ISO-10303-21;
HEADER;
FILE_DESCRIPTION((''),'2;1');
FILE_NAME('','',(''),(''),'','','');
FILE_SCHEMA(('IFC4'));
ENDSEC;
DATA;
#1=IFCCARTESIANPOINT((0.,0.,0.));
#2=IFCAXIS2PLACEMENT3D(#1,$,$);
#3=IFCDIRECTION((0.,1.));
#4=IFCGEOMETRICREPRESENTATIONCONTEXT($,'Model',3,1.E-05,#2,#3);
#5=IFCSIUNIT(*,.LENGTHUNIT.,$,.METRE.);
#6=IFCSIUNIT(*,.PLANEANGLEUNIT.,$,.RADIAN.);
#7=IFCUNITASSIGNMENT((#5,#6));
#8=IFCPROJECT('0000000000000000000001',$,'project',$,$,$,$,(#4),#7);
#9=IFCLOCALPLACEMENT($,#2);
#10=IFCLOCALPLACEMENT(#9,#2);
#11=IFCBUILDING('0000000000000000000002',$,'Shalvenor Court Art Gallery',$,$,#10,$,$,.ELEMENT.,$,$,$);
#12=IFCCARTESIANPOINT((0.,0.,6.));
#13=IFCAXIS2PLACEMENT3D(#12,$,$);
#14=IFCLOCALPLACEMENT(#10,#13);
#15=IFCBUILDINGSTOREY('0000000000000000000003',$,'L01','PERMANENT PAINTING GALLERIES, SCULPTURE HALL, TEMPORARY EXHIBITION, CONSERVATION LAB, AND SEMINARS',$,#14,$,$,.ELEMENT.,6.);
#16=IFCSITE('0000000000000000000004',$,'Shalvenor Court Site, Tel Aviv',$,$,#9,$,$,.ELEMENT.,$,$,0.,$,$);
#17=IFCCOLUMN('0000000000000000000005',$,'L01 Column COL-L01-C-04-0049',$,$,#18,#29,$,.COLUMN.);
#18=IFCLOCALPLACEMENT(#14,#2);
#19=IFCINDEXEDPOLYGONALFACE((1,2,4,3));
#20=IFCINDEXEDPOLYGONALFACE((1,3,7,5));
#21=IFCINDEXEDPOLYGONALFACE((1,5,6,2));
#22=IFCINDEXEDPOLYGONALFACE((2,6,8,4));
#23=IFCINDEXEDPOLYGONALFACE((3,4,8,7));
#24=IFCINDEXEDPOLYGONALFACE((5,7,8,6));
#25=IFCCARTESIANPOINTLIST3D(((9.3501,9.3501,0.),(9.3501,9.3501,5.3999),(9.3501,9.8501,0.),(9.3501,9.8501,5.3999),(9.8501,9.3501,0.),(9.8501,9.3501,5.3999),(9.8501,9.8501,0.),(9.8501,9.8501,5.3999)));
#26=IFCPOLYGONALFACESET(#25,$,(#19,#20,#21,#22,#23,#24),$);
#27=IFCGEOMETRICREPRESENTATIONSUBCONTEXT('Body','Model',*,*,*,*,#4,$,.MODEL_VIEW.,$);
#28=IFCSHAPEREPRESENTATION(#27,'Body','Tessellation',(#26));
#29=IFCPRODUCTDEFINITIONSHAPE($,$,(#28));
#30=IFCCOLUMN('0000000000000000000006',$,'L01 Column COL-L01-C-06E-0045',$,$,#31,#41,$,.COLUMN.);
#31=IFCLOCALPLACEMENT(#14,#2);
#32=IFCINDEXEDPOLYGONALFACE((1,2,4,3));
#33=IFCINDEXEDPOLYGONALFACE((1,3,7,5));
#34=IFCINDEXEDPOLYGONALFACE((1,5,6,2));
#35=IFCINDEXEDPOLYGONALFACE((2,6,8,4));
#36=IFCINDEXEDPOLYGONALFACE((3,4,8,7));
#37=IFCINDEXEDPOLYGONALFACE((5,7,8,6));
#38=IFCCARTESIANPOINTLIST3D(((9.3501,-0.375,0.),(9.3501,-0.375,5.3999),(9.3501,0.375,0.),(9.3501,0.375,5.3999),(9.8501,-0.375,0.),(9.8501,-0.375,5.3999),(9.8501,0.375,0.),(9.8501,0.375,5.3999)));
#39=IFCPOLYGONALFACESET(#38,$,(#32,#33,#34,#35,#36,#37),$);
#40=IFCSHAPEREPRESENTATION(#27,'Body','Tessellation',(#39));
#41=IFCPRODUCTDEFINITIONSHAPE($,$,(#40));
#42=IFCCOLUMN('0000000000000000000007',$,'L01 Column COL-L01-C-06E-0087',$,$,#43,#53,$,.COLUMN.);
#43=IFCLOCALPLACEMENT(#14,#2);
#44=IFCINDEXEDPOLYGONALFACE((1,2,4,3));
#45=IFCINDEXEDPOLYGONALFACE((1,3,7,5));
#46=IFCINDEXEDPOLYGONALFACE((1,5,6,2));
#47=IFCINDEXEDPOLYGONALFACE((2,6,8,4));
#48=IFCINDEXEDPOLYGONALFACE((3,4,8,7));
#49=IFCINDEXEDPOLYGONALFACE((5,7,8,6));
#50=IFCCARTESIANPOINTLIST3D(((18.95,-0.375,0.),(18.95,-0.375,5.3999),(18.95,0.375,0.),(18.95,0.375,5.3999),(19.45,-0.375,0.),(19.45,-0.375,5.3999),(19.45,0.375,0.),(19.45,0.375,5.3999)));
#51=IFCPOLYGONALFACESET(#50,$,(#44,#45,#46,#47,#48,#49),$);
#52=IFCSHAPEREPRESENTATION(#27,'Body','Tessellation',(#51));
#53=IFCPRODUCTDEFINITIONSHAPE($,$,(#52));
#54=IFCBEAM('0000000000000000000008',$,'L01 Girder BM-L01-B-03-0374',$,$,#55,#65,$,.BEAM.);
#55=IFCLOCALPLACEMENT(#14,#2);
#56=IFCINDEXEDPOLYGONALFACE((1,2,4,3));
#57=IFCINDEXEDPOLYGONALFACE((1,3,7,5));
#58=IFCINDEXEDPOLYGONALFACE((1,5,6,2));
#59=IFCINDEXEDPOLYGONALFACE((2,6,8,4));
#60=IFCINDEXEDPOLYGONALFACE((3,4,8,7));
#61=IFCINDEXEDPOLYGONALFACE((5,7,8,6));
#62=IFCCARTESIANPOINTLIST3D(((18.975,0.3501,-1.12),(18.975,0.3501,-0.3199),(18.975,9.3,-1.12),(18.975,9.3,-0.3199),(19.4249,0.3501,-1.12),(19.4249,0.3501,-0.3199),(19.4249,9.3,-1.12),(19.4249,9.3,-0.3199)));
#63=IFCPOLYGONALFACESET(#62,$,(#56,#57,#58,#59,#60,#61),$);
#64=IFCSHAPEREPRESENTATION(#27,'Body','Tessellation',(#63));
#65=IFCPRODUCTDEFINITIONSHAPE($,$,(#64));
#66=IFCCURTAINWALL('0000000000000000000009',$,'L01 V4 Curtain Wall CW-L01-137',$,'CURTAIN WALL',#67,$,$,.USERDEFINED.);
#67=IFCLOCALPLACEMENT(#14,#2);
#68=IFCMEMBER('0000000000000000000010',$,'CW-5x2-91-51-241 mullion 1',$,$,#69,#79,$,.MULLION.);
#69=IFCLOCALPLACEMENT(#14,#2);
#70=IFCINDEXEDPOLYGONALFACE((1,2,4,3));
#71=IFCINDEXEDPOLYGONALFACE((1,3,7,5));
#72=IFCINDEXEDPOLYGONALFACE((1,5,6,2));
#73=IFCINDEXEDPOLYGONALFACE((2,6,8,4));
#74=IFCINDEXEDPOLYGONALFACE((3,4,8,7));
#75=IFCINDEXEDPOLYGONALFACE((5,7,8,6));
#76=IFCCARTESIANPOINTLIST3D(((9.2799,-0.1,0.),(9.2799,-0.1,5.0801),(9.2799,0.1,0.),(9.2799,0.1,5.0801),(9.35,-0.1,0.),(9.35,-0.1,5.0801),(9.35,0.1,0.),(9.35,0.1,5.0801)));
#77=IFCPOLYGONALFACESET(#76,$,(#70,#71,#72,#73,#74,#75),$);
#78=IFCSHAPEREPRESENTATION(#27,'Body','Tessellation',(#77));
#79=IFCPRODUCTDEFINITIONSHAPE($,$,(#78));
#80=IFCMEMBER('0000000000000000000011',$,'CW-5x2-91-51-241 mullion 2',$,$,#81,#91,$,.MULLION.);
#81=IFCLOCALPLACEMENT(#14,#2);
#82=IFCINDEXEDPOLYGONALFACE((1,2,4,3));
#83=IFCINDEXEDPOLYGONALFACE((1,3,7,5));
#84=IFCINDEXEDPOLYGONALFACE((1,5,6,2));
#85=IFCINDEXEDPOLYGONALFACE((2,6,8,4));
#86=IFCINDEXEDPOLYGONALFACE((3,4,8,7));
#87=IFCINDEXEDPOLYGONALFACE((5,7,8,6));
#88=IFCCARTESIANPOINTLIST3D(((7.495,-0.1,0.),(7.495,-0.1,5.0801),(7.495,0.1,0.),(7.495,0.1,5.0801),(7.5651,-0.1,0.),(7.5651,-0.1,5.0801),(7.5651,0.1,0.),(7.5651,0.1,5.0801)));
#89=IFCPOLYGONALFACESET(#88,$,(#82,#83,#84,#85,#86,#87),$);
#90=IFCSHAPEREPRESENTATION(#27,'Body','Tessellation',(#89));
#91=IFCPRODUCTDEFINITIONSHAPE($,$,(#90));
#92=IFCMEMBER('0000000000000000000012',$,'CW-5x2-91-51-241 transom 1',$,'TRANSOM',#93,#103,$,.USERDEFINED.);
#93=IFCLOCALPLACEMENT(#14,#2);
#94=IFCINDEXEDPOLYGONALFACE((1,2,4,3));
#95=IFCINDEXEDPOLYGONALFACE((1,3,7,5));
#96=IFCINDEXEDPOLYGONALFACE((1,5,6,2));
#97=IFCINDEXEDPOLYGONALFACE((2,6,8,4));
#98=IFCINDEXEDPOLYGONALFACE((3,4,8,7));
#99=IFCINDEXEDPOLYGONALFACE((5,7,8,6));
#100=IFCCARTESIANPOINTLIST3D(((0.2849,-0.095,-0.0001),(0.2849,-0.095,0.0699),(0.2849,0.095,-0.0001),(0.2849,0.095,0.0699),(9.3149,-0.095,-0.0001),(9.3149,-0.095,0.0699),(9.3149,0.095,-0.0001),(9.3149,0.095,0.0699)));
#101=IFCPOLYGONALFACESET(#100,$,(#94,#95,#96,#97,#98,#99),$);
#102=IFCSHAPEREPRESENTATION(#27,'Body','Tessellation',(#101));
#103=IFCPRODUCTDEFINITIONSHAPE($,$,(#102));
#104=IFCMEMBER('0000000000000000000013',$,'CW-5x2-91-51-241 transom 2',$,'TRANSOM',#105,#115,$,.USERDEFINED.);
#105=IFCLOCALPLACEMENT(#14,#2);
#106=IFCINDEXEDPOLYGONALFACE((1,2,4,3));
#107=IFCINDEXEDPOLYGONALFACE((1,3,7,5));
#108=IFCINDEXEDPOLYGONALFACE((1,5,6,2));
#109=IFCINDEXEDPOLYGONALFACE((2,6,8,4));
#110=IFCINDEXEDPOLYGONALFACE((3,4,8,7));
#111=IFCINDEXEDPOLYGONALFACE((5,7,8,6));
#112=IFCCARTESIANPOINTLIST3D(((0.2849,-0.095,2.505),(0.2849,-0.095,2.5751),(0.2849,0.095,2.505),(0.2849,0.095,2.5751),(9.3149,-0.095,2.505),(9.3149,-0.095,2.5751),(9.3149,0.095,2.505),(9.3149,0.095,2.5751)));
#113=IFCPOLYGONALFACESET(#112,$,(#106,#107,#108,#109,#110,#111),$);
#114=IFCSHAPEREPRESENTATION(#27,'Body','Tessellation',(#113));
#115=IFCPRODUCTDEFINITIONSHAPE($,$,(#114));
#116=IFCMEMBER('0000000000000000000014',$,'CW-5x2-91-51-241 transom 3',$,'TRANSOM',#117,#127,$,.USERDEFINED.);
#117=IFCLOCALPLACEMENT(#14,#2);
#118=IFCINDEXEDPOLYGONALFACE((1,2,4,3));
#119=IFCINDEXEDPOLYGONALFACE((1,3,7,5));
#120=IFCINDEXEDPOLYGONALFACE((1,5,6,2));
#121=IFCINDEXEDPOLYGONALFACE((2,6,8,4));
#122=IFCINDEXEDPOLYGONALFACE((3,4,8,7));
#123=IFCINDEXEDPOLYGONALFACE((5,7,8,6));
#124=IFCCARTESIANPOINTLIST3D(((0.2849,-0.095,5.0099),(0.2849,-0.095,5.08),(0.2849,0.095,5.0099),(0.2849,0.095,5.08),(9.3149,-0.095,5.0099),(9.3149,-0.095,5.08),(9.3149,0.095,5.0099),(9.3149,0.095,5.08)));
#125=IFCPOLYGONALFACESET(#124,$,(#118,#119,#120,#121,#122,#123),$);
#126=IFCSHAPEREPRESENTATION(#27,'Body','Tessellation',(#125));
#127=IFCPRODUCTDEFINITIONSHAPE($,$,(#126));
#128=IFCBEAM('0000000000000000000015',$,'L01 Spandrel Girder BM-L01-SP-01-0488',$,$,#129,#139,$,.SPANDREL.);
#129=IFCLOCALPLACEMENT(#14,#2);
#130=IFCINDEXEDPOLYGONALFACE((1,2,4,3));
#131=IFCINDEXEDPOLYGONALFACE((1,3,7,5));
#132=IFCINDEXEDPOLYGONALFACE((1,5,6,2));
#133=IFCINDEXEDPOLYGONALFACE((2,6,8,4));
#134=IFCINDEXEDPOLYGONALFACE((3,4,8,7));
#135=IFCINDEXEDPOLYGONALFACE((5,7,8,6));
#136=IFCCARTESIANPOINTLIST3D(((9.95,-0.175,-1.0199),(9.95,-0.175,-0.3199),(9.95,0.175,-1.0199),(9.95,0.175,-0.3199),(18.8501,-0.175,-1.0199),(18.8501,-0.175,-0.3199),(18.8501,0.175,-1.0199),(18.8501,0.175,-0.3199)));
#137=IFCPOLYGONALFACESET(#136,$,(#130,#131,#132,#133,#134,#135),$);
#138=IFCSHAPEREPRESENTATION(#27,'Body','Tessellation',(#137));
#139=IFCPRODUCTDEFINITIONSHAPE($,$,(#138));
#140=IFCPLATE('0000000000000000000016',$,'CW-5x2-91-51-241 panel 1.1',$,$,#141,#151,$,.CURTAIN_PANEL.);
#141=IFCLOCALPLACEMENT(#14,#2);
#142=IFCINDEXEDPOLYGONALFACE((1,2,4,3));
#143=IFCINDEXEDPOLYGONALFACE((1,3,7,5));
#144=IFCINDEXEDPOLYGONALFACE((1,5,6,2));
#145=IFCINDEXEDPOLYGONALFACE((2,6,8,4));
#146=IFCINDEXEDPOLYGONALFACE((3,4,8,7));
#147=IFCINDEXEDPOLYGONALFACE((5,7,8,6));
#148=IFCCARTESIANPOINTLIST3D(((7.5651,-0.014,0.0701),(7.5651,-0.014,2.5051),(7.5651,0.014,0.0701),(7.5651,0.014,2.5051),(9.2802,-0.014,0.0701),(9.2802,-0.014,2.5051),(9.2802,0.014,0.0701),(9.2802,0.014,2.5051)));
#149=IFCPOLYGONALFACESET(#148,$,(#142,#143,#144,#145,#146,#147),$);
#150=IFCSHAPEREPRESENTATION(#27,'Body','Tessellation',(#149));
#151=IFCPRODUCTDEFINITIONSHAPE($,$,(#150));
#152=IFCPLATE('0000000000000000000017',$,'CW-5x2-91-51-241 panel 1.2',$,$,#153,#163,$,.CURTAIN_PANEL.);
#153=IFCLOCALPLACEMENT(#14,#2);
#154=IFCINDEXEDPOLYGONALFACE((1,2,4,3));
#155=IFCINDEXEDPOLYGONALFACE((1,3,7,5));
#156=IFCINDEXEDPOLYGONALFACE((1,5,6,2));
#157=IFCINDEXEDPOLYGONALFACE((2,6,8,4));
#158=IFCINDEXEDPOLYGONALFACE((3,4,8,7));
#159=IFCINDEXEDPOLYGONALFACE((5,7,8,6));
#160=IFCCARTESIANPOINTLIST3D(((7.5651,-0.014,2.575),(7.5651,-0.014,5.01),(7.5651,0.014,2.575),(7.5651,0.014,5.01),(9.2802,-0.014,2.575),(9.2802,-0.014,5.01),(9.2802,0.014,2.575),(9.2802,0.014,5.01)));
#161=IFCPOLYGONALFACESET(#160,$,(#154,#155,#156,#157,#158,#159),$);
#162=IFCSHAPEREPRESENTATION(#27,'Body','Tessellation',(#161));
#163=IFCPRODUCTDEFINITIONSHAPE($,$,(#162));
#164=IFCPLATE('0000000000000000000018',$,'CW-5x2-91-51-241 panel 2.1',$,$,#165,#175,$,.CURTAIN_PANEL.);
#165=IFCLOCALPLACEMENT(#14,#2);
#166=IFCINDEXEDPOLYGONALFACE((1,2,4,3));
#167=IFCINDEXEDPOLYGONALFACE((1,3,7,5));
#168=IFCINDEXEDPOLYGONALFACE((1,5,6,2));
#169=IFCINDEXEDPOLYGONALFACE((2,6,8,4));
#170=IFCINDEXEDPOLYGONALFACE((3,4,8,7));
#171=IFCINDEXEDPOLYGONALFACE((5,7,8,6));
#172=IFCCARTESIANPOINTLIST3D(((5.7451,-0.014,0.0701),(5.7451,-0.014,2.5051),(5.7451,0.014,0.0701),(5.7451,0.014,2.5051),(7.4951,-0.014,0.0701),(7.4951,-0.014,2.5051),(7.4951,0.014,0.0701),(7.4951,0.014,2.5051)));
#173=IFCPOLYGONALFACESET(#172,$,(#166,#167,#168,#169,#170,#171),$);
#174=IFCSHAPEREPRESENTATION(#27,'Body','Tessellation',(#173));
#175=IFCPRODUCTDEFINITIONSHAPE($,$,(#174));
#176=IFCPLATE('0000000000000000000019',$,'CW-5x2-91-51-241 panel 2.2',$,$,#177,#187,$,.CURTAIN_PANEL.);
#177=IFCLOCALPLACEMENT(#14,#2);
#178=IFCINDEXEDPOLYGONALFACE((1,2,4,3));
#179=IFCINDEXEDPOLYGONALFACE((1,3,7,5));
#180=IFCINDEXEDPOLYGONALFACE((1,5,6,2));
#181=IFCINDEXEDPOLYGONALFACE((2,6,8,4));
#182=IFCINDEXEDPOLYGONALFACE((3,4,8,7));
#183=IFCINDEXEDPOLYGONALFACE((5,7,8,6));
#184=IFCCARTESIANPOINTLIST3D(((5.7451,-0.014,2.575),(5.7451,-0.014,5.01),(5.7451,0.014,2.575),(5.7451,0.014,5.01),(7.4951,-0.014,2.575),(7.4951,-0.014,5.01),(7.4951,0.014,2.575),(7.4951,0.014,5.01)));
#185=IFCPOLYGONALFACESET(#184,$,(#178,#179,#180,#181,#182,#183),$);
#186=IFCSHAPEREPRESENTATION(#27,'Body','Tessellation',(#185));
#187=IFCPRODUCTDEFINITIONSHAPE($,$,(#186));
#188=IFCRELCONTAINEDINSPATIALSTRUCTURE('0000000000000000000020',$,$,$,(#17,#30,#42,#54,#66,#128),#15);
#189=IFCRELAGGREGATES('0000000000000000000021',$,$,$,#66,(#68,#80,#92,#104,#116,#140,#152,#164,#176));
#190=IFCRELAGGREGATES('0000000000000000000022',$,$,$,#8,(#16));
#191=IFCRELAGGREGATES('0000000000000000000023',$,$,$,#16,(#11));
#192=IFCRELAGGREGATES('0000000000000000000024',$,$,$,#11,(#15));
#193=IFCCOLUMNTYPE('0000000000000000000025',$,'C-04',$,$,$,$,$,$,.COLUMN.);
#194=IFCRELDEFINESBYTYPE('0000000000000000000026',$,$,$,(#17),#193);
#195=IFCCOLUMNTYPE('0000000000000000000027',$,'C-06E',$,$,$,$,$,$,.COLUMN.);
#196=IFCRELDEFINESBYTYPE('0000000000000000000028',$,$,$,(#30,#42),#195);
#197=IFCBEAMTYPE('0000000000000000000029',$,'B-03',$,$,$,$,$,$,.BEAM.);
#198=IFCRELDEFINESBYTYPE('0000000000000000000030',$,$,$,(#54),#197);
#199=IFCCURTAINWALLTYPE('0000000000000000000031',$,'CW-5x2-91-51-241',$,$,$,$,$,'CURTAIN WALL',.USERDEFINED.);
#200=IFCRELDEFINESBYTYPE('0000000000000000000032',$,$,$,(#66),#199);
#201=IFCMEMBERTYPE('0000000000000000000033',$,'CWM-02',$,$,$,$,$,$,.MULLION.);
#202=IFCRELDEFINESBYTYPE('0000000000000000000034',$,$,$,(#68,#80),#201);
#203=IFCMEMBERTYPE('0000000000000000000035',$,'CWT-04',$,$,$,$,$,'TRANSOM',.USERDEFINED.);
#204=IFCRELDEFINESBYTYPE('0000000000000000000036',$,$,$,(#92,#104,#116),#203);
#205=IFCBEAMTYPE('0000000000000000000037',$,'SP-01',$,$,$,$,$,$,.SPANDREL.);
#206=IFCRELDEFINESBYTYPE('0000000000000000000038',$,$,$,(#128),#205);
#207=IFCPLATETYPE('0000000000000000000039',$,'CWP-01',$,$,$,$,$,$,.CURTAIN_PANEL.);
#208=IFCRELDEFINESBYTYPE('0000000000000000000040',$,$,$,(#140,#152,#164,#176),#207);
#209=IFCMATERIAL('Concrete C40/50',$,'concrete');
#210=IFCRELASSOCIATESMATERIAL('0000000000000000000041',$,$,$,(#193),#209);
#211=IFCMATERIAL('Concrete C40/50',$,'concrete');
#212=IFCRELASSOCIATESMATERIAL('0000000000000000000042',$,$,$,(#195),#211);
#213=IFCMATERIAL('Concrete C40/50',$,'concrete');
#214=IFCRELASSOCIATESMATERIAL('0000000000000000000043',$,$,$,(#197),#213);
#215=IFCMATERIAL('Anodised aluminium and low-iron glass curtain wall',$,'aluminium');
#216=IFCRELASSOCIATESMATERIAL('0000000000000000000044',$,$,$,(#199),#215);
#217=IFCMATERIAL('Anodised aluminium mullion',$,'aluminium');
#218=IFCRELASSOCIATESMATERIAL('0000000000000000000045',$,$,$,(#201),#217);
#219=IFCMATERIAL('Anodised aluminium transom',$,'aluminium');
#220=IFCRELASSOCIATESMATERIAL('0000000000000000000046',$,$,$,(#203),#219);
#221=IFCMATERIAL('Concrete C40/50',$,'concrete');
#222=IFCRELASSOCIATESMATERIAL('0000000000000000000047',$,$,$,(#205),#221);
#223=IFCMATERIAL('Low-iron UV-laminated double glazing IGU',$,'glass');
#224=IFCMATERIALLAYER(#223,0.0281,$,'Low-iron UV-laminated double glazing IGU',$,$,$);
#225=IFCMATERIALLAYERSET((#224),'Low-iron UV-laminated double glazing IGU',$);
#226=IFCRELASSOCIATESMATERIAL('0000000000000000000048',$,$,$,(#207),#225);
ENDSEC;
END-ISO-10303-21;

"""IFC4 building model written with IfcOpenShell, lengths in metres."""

from ifc_helpers import new_model, si_unit, direction, frame, origin, origin_2d, place, context, subcontext, project, spatial, rectangle, extrude, material, layer, layer_set, material_profile, profile_set, type_object, element, aggregate, save


model = new_model("IFC4")

# Units and contexts
model_context = context("Model", 3, precision=1e-05, world=origin(), true_north=direction((0.0, 1.0)))
body_context = subcontext(model_context, "Body", "Model", "MODEL_VIEW")
ifc_project = project(units=[si_unit("LENGTHUNIT", "METRE"), si_unit("PLANEANGLEUNIT", "RADIAN")], contexts=[model_context])

# Site, building, storey
site_placement = place(None, origin())
site = spatial("IfcSite", under=ifc_project, at=site_placement, Name="Shalvenor Court Site, Tel Aviv", CompositionType="ELEMENT", RefElevation=0.0)
building_placement = place(site_placement, origin())
building = spatial("IfcBuilding", under=site, at=building_placement, Name="Shalvenor Court Art Gallery", CompositionType="ELEMENT")
storey_placement = place(building_placement, frame((0.0, 0.0, 6.0)))
storey = spatial("IfcBuildingStorey", under=building, at=storey_placement, Name="L01", Description="PERMANENT PAINTING GALLERIES, SCULPTURE HALL, TEMPORARY EXHIBITION, CONSERVATION LAB, AND SEMINARS", CompositionType="ELEMENT", Elevation=6.0)

# Columns
ifc_material_1 = material(Name="Concrete C40/50", Category="concrete")
ifc_material_profile_1 = material_profile(ifc_material_1, rectangle(XDim=0.5, YDim=0.5, at=origin_2d()), Name="RC 500x500")
ifc_profile_set_1 = profile_set([ifc_material_profile_1], Name="Concrete C40/50")
column_type_1 = type_object("IfcColumnType", Name="C-04", PredefinedType="COLUMN", material=ifc_profile_set_1)
column_placement = place(storey_placement, frame((9.6001, 9.6001, 0.0), z_axis=(0.0, 0.0, 1.0), x_axis=(1.0, 0.0, 0.0)))
element("IfcColumn", 1, at=column_placement, inside=storey, type_object=column_type_1, Name="L01 Column COL-L01-C-04-0049", PredefinedType="COLUMN", context=body_context, shape_type="SweptSolid", body=[
    extrude(rectangle(XDim=0.5, YDim=0.5, at=origin_2d()), origin(), (0.0, 0.0, 1.0), 5.3999),
])
ifc_material_2 = material(Name="Concrete C40/50", Category="concrete")
ifc_material_profile_2 = material_profile(ifc_material_2, rectangle(XDim=0.5, YDim=0.75, at=origin_2d()), Name="RC 500x750")
ifc_profile_set_2 = profile_set([ifc_material_profile_2], Name="Concrete C40/50")
column_type_2 = type_object("IfcColumnType", Name="C-06E", PredefinedType="COLUMN", material=ifc_profile_set_2)
for number, where, z_axis, x_axis, name in (
    (2, (9.6001, 0.0, 0.0), (0.0, 0.0, 1.0), (1.0, 0.0, 0.0), "L01 Column COL-L01-C-06E-0045"),
    (3, (19.2, 0.0, 0.0), (0.0, 0.0, 1.0), (1.0, 0.0, 0.0), "L01 Column COL-L01-C-06E-0087"),
):
    element("IfcColumn", number, at=place(storey_placement, frame(where, z_axis=z_axis, x_axis=x_axis)), inside=storey, type_object=column_type_2, Name=name, PredefinedType="COLUMN", context=body_context, shape_type="SweptSolid", body=[
        extrude(rectangle(XDim=0.5, YDim=0.75, at=origin_2d()), origin(), (0.0, 0.0, 1.0), 5.3999),
    ])

# Beam
ifc_material_3 = material(Name="Concrete C40/50", Category="concrete")
ifc_material_profile_3 = material_profile(ifc_material_3, rectangle(XDim=0.45, YDim=0.8, at=origin_2d()), Name="RC 450x800")
ifc_profile_set_3 = profile_set([ifc_material_profile_3], Name="Concrete C40/50")
beam_type_1 = type_object("IfcBeamType", Name="B-03", PredefinedType="BEAM", material=ifc_profile_set_3)
beam_1_placement = place(storey_placement, frame((19.2, 0.3501, -0.72), z_axis=(0.0, 1.0, 0.0), x_axis=(-1.0, 0.0, 0.0)))
element("IfcBeam", 4, at=beam_1_placement, inside=storey, type_object=beam_type_1, Name="L01 Girder BM-L01-B-03-0374", PredefinedType="BEAM", context=body_context, shape_type="SweptSolid", body=[
    extrude(rectangle(XDim=0.45, YDim=0.8, at=origin_2d()), origin(), (0.0, 0.0, 1.0), 8.95),
])

# Curtain wall, members
ifc_material_4 = material(Name="Anodised aluminium and low-iron glass curtain wall", Category="aluminium")
curtain_wall_type = type_object("IfcCurtainWallType", Name="CW-5x2-91-51-241", ElementType="CURTAIN WALL", PredefinedType="USERDEFINED", material=ifc_material_4)
curtain_wall_placement = place(storey_placement, origin())
curtain_wall = element("IfcCurtainWall", 5, at=curtain_wall_placement, inside=storey, type_object=curtain_wall_type, Name="L01 V4 Curtain Wall CW-L01-137", ObjectType="CURTAIN WALL", PredefinedType="USERDEFINED")
ifc_material_5 = material(Name="Anodised aluminium mullion", Category="aluminium")
ifc_material_profile_4 = material_profile(ifc_material_5, rectangle(XDim=0.0701, YDim=0.2, at=origin_2d()), Name="CWM-02")
ifc_profile_set_4 = profile_set([ifc_material_profile_4], Name="Anodised aluminium mullion")
member_type_1 = type_object("IfcMemberType", Name="CWM-02", PredefinedType="MULLION", material=ifc_profile_set_4)
member_1_placement = place(storey_placement, frame((9.3149, 0.0, 0.0), z_axis=(0.0, 0.0, 1.0), x_axis=(-1.0, 0.0, 0.0)))
member_1 = element("IfcMember", 6, at=member_1_placement, type_object=member_type_1, Name="CW-5x2-91-51-241 mullion 1", PredefinedType="MULLION", context=body_context, shape_type="SweptSolid", body=[
    extrude(rectangle(XDim=0.0701, YDim=0.2, at=origin_2d()), origin(), (0.0, 0.0, 1.0), 5.0801),
])
member_2_placement = place(storey_placement, frame((7.53, 0.0, 0.0), z_axis=(0.0, 0.0, 1.0), x_axis=(-1.0, 0.0, 0.0)))
member_2 = element("IfcMember", 7, at=member_2_placement, type_object=member_type_1, Name="CW-5x2-91-51-241 mullion 2", PredefinedType="MULLION", context=body_context, shape_type="SweptSolid", body=[
    extrude(rectangle(XDim=0.0701, YDim=0.2, at=origin_2d()), origin(), (0.0, 0.0, 1.0), 5.0801),
])
ifc_material_6 = material(Name="Anodised aluminium transom", Category="aluminium")
ifc_material_profile_5 = material_profile(ifc_material_6, rectangle(XDim=0.1899, YDim=0.0701, at=origin_2d()), Name="CWT-04")
ifc_profile_set_5 = profile_set([ifc_material_profile_5], Name="Anodised aluminium transom")
member_type_2 = type_object("IfcMemberType", Name="CWT-04", ElementType="TRANSOM", PredefinedType="USERDEFINED", material=ifc_profile_set_5)
member_3_placement = place(storey_placement, frame((9.3149, 0.0, 0.0349), z_axis=(-1.0, 0.0, 0.0), x_axis=(0.0, -1.0, 0.0)))
member_3 = element("IfcMember", 8, at=member_3_placement, type_object=member_type_2, Name="CW-5x2-91-51-241 transom 1", ObjectType="TRANSOM", PredefinedType="USERDEFINED", context=body_context, shape_type="SweptSolid", body=[
    extrude(rectangle(XDim=0.1899, YDim=0.0701, at=origin_2d()), origin(), (0.0, 0.0, 1.0), 9.03),
])
member_4_placement = place(storey_placement, frame((9.3149, 0.0, 2.54), z_axis=(-1.0, 0.0, 0.0), x_axis=(0.0, -1.0, 0.0)))
member_4 = element("IfcMember", 9, at=member_4_placement, type_object=member_type_2, Name="CW-5x2-91-51-241 transom 2", ObjectType="TRANSOM", PredefinedType="USERDEFINED", context=body_context, shape_type="SweptSolid", body=[
    extrude(rectangle(XDim=0.1899, YDim=0.0701, at=origin_2d()), origin(), (0.0, 0.0, 1.0), 9.03),
])
member_5_placement = place(storey_placement, frame((9.3149, 0.0, 5.0449), z_axis=(-1.0, 0.0, 0.0), x_axis=(0.0, -1.0, 0.0)))
member_5 = element("IfcMember", 10, at=member_5_placement, type_object=member_type_2, Name="CW-5x2-91-51-241 transom 3", ObjectType="TRANSOM", PredefinedType="USERDEFINED", context=body_context, shape_type="SweptSolid", body=[
    extrude(rectangle(XDim=0.1899, YDim=0.0701, at=origin_2d()), origin(), (0.0, 0.0, 1.0), 9.03),
])

# Beam
ifc_material_7 = material(Name="Concrete C40/50", Category="concrete")
ifc_material_profile_6 = material_profile(ifc_material_7, rectangle(XDim=0.3501, YDim=0.7, at=origin_2d()), Name="RC 350x700")
ifc_profile_set_6 = profile_set([ifc_material_profile_6], Name="Concrete C40/50")
beam_type_2 = type_object("IfcBeamType", Name="SP-01", PredefinedType="SPANDREL", material=ifc_profile_set_6)
beam_2_placement = place(storey_placement, frame((9.95, 0.0, -0.6699), z_axis=(1.0, 0.0, 0.0), x_axis=(0.0, 1.0, 0.0)))
element("IfcBeam", 11, at=beam_2_placement, inside=storey, type_object=beam_type_2, Name="L01 Spandrel Girder BM-L01-SP-01-0488", PredefinedType="SPANDREL", context=body_context, shape_type="SweptSolid", body=[
    extrude(rectangle(XDim=0.3501, YDim=0.7, at=origin_2d()), origin(), (0.0, 0.0, 1.0), 8.9001),
])

# Plates
ifc_material_8 = material(Name="Low-iron UV-laminated double glazing IGU", Category="glass")
ifc_layer_1 = layer(ifc_material_8, 0.0281, Name="Low-iron UV-laminated double glazing IGU")
ifc_layer_set_1 = layer_set([ifc_layer_1], Name="Low-iron UV-laminated double glazing IGU")
plate_type = type_object("IfcPlateType", Name="CWP-01", PredefinedType="CURTAIN_PANEL", material=ifc_layer_set_1)
plate_1_placement = place(storey_placement, frame((8.4226, 0.0, 0.0701), z_axis=(0.0, 0.0, 1.0), x_axis=(-1.0, 0.0, 0.0)))
plate_1 = element("IfcPlate", 12, at=plate_1_placement, type_object=plate_type, Name="CW-5x2-91-51-241 panel 1.1", PredefinedType="CURTAIN_PANEL", context=body_context, shape_type="SweptSolid", body=[
    extrude(rectangle(XDim=1.7151, YDim=0.0281, at=origin_2d()), origin(), (0.0, 0.0, 1.0), 2.4351),
])
plate_2_placement = place(storey_placement, frame((8.4226, 0.0, 2.575), z_axis=(0.0, 0.0, 1.0), x_axis=(-1.0, 0.0, 0.0)))
plate_2 = element("IfcPlate", 13, at=plate_2_placement, type_object=plate_type, Name="CW-5x2-91-51-241 panel 1.2", PredefinedType="CURTAIN_PANEL", context=body_context, shape_type="SweptSolid", body=[
    extrude(rectangle(XDim=1.7151, YDim=0.0281, at=origin_2d()), origin(), (0.0, 0.0, 1.0), 2.4351),
])
plate_3_placement = place(storey_placement, frame((6.6201, 0.0, 0.0701), z_axis=(0.0, 0.0, 1.0), x_axis=(-1.0, 0.0, 0.0)))
plate_3 = element("IfcPlate", 14, at=plate_3_placement, type_object=plate_type, Name="CW-5x2-91-51-241 panel 2.1", PredefinedType="CURTAIN_PANEL", context=body_context, shape_type="SweptSolid", body=[
    extrude(rectangle(XDim=1.75, YDim=0.0281, at=origin_2d()), origin(), (0.0, 0.0, 1.0), 2.4351),
])
plate_4_placement = place(storey_placement, frame((6.6201, 0.0, 2.575), z_axis=(0.0, 0.0, 1.0), x_axis=(-1.0, 0.0, 0.0)))
plate_4 = element("IfcPlate", 15, at=plate_4_placement, type_object=plate_type, Name="CW-5x2-91-51-241 panel 2.2", PredefinedType="CURTAIN_PANEL", context=body_context, shape_type="SweptSolid", body=[
    extrude(rectangle(XDim=1.75, YDim=0.0281, at=origin_2d()), origin(), (0.0, 0.0, 1.0), 2.4351),
])
aggregate(curtain_wall, [member_1, member_2, member_3, member_4, member_5, plate_1, plate_2, plate_3, plate_4])

save(model, "model.ifc")
